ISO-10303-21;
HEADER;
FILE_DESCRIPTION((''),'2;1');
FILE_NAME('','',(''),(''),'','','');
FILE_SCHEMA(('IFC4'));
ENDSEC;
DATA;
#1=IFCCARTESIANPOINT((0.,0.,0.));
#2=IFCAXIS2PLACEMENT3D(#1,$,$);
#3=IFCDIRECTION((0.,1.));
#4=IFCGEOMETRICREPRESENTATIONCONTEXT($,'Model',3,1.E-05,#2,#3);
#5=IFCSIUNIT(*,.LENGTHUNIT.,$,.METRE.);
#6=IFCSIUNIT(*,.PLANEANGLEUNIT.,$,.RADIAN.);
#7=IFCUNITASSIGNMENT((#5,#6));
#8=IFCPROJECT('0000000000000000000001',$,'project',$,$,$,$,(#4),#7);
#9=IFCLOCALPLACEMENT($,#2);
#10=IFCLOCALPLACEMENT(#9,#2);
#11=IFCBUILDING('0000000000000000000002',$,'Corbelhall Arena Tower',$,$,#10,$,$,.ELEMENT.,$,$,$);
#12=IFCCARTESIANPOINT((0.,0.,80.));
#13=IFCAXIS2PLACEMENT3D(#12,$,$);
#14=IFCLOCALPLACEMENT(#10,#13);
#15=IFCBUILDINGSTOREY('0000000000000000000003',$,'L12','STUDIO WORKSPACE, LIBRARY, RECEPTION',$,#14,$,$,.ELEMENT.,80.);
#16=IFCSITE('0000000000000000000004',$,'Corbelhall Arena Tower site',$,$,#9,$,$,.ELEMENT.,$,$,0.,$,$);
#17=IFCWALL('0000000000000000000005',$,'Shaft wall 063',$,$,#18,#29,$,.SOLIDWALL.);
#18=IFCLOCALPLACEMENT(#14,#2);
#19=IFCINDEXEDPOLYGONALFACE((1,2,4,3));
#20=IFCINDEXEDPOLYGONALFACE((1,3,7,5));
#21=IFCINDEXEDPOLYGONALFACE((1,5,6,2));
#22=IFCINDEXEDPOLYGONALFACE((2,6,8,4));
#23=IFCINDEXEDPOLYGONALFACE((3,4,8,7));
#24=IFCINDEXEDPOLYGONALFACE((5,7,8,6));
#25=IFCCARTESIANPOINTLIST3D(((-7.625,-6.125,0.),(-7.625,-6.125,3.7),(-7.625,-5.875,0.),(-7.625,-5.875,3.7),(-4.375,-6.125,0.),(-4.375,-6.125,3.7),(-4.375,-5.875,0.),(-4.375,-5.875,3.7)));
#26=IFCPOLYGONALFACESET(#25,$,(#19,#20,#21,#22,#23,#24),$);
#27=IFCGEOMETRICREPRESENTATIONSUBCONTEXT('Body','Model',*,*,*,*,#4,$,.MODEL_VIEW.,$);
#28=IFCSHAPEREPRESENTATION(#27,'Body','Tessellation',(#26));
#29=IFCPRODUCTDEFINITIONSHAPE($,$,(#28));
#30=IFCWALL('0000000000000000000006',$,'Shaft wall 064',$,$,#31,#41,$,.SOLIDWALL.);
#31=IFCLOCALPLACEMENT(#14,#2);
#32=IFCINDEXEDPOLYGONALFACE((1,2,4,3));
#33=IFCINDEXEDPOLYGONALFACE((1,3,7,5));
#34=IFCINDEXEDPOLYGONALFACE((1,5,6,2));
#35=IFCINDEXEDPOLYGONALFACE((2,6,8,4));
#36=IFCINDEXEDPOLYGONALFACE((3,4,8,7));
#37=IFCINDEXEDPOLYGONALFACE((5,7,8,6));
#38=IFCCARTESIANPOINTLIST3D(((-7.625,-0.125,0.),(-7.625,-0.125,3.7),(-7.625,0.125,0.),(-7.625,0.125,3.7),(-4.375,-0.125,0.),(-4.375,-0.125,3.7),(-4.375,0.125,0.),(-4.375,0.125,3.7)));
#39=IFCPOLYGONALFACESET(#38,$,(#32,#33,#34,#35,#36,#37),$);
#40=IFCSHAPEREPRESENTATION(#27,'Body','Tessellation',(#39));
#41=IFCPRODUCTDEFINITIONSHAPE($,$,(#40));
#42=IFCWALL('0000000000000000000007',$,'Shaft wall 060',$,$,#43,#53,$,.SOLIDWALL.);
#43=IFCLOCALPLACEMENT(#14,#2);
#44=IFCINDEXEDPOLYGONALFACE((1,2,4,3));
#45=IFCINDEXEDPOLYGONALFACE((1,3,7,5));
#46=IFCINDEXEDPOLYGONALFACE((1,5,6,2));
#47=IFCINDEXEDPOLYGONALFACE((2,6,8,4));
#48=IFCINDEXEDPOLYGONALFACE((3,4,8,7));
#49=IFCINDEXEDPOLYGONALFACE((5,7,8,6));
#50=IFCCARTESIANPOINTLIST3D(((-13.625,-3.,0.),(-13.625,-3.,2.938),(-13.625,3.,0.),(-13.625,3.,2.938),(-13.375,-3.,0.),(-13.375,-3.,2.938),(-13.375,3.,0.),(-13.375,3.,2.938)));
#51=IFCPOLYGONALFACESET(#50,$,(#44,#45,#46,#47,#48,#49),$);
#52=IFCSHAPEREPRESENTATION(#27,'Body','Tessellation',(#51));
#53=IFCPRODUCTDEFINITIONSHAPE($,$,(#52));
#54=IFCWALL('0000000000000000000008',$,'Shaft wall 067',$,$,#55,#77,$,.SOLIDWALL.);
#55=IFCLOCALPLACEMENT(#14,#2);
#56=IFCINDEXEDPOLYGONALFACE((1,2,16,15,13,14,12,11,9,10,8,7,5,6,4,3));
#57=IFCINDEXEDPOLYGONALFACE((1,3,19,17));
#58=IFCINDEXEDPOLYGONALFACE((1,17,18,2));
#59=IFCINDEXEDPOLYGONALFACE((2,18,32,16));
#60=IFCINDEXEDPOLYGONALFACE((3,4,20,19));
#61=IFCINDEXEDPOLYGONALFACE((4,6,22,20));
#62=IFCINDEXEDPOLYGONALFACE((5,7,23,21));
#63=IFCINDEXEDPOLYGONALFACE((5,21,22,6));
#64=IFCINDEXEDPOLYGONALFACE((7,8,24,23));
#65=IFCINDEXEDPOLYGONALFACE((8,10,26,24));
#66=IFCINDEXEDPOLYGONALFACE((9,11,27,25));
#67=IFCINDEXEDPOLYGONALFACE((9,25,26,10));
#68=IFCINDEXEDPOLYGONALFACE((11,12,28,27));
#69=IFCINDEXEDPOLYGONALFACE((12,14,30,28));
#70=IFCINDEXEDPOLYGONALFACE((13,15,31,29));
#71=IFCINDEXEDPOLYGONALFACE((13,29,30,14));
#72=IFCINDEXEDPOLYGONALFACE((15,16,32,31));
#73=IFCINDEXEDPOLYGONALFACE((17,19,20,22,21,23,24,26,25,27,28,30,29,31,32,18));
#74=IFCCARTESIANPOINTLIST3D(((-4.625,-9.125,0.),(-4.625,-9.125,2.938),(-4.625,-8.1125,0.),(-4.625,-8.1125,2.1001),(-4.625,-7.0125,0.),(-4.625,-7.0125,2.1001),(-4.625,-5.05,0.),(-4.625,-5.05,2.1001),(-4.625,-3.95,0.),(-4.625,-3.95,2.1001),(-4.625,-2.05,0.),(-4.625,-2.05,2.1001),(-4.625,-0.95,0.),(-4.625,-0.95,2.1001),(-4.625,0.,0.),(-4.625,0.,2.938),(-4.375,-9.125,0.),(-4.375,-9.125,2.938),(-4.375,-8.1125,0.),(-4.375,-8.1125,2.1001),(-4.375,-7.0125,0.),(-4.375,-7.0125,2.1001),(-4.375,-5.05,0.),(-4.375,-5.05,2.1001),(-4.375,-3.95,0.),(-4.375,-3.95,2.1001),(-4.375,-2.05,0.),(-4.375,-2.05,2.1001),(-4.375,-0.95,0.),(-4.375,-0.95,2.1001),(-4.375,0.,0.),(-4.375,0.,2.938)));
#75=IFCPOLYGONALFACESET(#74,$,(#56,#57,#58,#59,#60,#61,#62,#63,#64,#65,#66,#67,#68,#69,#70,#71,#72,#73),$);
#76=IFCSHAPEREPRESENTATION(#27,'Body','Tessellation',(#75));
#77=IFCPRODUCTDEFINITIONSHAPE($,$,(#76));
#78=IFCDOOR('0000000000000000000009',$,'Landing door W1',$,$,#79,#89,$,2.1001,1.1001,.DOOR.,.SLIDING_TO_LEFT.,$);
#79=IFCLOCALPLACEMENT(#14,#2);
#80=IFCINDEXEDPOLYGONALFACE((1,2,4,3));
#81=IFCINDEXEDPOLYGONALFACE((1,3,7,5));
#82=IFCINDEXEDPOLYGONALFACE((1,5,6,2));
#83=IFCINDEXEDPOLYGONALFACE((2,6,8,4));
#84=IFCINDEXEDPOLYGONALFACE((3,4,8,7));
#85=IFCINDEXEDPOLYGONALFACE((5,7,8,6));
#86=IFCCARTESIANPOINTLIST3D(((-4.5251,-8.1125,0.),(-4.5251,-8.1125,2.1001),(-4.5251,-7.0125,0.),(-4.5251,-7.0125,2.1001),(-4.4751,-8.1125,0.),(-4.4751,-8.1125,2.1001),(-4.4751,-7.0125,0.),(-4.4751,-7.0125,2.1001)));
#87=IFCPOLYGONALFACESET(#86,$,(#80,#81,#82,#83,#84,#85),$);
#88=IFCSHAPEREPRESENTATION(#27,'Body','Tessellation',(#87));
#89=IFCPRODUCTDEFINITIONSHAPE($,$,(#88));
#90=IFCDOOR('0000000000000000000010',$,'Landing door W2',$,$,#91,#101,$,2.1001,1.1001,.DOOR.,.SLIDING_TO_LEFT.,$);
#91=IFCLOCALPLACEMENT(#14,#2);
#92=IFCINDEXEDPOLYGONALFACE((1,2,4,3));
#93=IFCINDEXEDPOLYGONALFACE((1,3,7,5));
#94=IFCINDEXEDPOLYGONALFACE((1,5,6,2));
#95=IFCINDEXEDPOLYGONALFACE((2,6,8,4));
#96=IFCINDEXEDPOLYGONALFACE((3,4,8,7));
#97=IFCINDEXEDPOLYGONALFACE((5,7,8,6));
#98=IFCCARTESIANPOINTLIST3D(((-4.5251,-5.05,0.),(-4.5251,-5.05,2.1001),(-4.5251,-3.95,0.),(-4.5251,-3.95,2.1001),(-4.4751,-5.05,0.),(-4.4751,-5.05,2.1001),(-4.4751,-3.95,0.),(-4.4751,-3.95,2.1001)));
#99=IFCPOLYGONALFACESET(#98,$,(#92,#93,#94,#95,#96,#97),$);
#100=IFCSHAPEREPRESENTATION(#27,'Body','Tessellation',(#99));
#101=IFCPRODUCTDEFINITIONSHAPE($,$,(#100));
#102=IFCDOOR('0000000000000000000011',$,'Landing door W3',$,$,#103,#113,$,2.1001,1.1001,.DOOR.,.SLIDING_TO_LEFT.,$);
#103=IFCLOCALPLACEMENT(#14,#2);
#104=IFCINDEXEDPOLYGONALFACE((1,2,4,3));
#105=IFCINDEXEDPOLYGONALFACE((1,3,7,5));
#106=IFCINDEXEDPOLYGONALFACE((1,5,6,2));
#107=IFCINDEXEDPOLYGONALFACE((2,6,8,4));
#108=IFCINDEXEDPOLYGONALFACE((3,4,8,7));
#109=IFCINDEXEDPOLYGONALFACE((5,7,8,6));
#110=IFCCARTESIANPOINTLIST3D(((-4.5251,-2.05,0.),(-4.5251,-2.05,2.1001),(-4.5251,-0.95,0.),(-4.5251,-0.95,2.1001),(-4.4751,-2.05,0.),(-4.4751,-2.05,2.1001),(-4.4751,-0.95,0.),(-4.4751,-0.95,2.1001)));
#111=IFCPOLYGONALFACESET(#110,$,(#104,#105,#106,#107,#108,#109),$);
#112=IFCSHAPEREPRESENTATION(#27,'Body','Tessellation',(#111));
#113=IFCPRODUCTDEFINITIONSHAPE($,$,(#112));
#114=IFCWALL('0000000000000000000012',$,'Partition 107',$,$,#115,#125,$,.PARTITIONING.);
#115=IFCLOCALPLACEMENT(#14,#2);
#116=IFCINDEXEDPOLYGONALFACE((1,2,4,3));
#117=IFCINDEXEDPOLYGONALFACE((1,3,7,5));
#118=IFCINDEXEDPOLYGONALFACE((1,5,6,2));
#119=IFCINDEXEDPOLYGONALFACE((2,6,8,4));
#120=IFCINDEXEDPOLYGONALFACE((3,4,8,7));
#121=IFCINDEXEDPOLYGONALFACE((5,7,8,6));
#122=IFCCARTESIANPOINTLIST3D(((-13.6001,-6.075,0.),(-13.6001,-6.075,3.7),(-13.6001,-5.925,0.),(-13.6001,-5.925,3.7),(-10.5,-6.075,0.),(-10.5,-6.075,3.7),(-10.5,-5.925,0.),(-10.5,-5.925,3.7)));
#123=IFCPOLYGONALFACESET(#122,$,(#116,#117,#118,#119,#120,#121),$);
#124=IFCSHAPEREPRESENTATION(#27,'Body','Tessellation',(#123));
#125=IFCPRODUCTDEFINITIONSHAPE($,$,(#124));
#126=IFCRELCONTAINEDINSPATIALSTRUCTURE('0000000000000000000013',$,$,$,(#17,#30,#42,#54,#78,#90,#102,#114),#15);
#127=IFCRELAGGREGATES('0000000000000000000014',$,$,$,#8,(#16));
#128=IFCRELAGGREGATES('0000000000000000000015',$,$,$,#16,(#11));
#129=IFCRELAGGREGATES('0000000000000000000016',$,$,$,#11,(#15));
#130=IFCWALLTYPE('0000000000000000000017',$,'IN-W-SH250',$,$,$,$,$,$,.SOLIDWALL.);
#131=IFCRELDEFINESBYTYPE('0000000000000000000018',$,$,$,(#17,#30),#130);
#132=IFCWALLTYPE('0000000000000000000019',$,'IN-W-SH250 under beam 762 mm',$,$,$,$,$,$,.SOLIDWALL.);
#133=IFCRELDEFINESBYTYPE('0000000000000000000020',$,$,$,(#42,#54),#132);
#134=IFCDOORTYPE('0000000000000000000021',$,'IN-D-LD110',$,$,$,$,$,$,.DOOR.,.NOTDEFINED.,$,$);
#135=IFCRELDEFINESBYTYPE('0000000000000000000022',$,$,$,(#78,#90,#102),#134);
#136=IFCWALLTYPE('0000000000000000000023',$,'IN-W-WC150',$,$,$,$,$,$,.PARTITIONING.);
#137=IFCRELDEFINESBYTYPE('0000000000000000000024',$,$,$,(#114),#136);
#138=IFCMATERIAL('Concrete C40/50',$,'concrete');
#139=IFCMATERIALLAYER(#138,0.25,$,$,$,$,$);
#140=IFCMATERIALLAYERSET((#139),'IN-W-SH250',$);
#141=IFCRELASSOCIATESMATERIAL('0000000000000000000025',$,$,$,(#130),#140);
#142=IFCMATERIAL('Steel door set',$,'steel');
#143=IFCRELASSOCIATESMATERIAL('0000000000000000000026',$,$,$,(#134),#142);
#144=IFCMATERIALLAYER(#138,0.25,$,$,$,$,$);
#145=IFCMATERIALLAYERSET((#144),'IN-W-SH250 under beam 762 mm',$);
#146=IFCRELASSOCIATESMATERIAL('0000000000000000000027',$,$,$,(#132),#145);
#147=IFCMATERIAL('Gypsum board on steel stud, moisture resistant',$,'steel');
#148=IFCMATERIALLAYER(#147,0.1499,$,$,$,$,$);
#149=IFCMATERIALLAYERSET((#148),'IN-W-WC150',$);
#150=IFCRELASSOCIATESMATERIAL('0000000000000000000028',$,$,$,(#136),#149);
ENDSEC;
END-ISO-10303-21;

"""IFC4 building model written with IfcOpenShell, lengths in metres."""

from ifc_helpers import new_model, si_unit, direction, frame, frame_2d, origin, place, context, subcontext, project, spatial, rectangle, extrude, material, layer, layer_set, type_object, element, fill, save


model = new_model("IFC4")

# Units and contexts
model_context = context("Model", 3, precision=1e-05, world=origin(), true_north=direction((0.0, 1.0)))
body_context = subcontext(model_context, "Body", "Model", "MODEL_VIEW")
ifc_project = project(units=[si_unit("LENGTHUNIT", "METRE"), si_unit("PLANEANGLEUNIT", "RADIAN")], contexts=[model_context])

# Site, building, storey
site_placement = place(None, origin())
site = spatial("IfcSite", under=ifc_project, at=site_placement, Name="Corbelhall Arena Tower site", CompositionType="ELEMENT", RefElevation=0.0)
building_placement = place(site_placement, origin())
building = spatial("IfcBuilding", under=site, at=building_placement, Name="Corbelhall Arena Tower", CompositionType="ELEMENT")
storey_placement = place(building_placement, frame((0.0, 0.0, 80.0)))
storey = spatial("IfcBuildingStorey", under=building, at=storey_placement, Name="L12", Description="STUDIO WORKSPACE, LIBRARY, RECEPTION", CompositionType="ELEMENT", Elevation=80.0)

# Shared definitions
ifc_material_1 = material(Name="Concrete C40/50", Category="concrete")
ifc_layer_1 = layer(ifc_material_1, 0.25)
ifc_layer_set_1 = layer_set([ifc_layer_1], Name="IN-W-SH250")
wall_type_1 = type_object("IfcWallType", Name="IN-W-SH250", PredefinedType="SOLIDWALL", material=ifc_layer_set_1)

# Shared definitions
ifc_material_2 = material(Name="Steel door set", Category="steel")

# Shared definitions
door_type_1 = type_object("IfcDoorType", Name="IN-D-LD110", OperationType="NOTDEFINED", PredefinedType="DOOR", material=ifc_material_2)

# Walls
for number, where, z_axis, x_axis, name in (
    (1, (-7.625, -6.0, 0.0), (0.0, 0.0, 1.0), (1.0, 0.0, 0.0), "Shaft wall 063"),
    (2, (-7.625, 0.0, 0.0), (0.0, 0.0, 1.0), (1.0, 0.0, 0.0), "Shaft wall 064"),
):
    element("IfcWall", number, at=place(storey_placement, frame(where, z_axis=z_axis, x_axis=x_axis)), inside=storey, type_object=wall_type_1, Name=name, PredefinedType="SOLIDWALL", context=body_context, shape_type="SweptSolid", body=[
        extrude(rectangle(XDim=3.25, YDim=0.25, at=frame_2d((1.625, 0.0))), origin(), (0.0, 0.0, 1.0), 3.7),
    ])
ifc_layer_2 = layer(ifc_material_1, 0.25)
ifc_layer_set_2 = layer_set([ifc_layer_2], Name="IN-W-SH250 under beam 762 mm")
wall_type_2 = type_object("IfcWallType", Name="IN-W-SH250 under beam 762 mm", PredefinedType="SOLIDWALL", material=ifc_layer_set_2)
wall_1_placement = place(storey_placement, frame((-13.5, -3.0, 0.0), z_axis=(0.0, 0.0, 1.0), x_axis=(0.0, 1.0, 0.0)))
element("IfcWall", 3, at=wall_1_placement, inside=storey, type_object=wall_type_2, Name="Shaft wall 060", PredefinedType="SOLIDWALL", context=body_context, shape_type="SweptSolid", body=[
    extrude(rectangle(XDim=6.0, YDim=0.25, at=frame_2d((3.0, 0.0))), origin(), (0.0, 0.0, 1.0), 2.938),
])

# Wall, openings, doors
wall_2_placement = place(storey_placement, frame((-4.5, 0.0, 0.0), z_axis=(0.0, 0.0, 1.0), x_axis=(0.0, -1.0, 0.0)))
wall_2 = element("IfcWall", 4, at=wall_2_placement, inside=storey, type_object=wall_type_2, Name="Shaft wall 067", PredefinedType="SOLIDWALL", context=body_context, shape_type="SweptSolid", body=[
    extrude(rectangle(XDim=9.125, YDim=0.25, at=frame_2d((4.5625, 0.0))), origin(), (0.0, 0.0, 1.0), 2.938),
])
opening_1_placement = place(wall_2_placement, frame((7.0125, 0.0, 0.0)))
opening_1 = element("IfcOpeningElement", 5, at=opening_1_placement, cuts=wall_2, PredefinedType="OPENING", context=body_context, shape_type="SweptSolid", body=[
    extrude(rectangle(XDim=1.1001, YDim=2.1001, at=frame_2d((0.55, 1.05))), frame((0.0, 0.125, 0.0), z_axis=(0.0, -1.0, 0.0), x_axis=(1.0, 0.0, 0.0)), (0.0, 0.0, 1.0), 0.25),
])
opening_2_placement = place(wall_2_placement, frame((3.95, 0.0, 0.0)))
opening_2 = element("IfcOpeningElement", 6, at=opening_2_placement, cuts=wall_2, PredefinedType="OPENING", context=body_context, shape_type="SweptSolid", body=[
    extrude(rectangle(XDim=1.1001, YDim=2.1001, at=frame_2d((0.55, 1.05))), frame((0.0, 0.125, 0.0), z_axis=(0.0, -1.0, 0.0), x_axis=(1.0, 0.0, 0.0)), (0.0, 0.0, 1.0), 0.25),
])
opening_3_placement = place(wall_2_placement, frame((0.95, 0.0, 0.0)))
opening_3 = element("IfcOpeningElement", 7, at=opening_3_placement, cuts=wall_2, PredefinedType="OPENING", context=body_context, shape_type="SweptSolid", body=[
    extrude(rectangle(XDim=1.1001, YDim=2.1001, at=frame_2d((0.55, 1.05))), frame((0.0, 0.125, 0.0), z_axis=(0.0, -1.0, 0.0), x_axis=(1.0, 0.0, 0.0)), (0.0, 0.0, 1.0), 0.25),
])
door_1_placement = place(opening_1_placement, origin())
door_1 = element("IfcDoor", 8, at=door_1_placement, inside=storey, type_object=door_type_1, Name="Landing door W1", OperationType="SLIDING_TO_LEFT", OverallHeight=2.1001, OverallWidth=1.1001, PredefinedType="DOOR", context=body_context, shape_type="SweptSolid", body=[
    extrude(rectangle(XDim=1.1001, YDim=2.1001, at=frame_2d((0.55, 1.05))), frame((0.0, 0.0249, 0.0), z_axis=(0.0, -1.0, 0.0), x_axis=(1.0, 0.0, 0.0)), (0.0, 0.0, 1.0), 0.05),
])
fill(opening_1, door_1)
door_2_placement = place(opening_2_placement, origin())
door_2 = element("IfcDoor", 9, at=door_2_placement, inside=storey, type_object=door_type_1, Name="Landing door W2", OperationType="SLIDING_TO_LEFT", OverallHeight=2.1001, OverallWidth=1.1001, PredefinedType="DOOR", context=body_context, shape_type="SweptSolid", body=[
    extrude(rectangle(XDim=1.1001, YDim=2.1001, at=frame_2d((0.55, 1.05))), frame((0.0, 0.0249, 0.0), z_axis=(0.0, -1.0, 0.0), x_axis=(1.0, 0.0, 0.0)), (0.0, 0.0, 1.0), 0.05),
])
fill(opening_2, door_2)
door_3_placement = place(opening_3_placement, origin())
door_3 = element("IfcDoor", 10, at=door_3_placement, inside=storey, type_object=door_type_1, Name="Landing door W3", OperationType="SLIDING_TO_LEFT", OverallHeight=2.1001, OverallWidth=1.1001, PredefinedType="DOOR", context=body_context, shape_type="SweptSolid", body=[
    extrude(rectangle(XDim=1.1001, YDim=2.1001, at=frame_2d((0.55, 1.05))), frame((0.0, 0.0249, 0.0), z_axis=(0.0, -1.0, 0.0), x_axis=(1.0, 0.0, 0.0)), (0.0, 0.0, 1.0), 0.05),
])
fill(opening_3, door_3)

# Wall
ifc_material_3 = material(Name="Gypsum board on steel stud, moisture resistant", Category="steel")
ifc_layer_3 = layer(ifc_material_3, 0.1499)
ifc_layer_set_3 = layer_set([ifc_layer_3], Name="IN-W-WC150")
wall_type_3 = type_object("IfcWallType", Name="IN-W-WC150", PredefinedType="PARTITIONING", material=ifc_layer_set_3)
wall_3_placement = place(storey_placement, frame((-13.6001, -6.0, 0.0), z_axis=(0.0, 0.0, 1.0), x_axis=(1.0, 0.0, 0.0)))
element("IfcWall", 11, at=wall_3_placement, inside=storey, type_object=wall_type_3, Name="Partition 107", PredefinedType="PARTITIONING", context=body_context, shape_type="SweptSolid", body=[
    extrude(rectangle(XDim=3.1001, YDim=0.1499, at=frame_2d((1.55, 0.0))), origin(), (0.0, 0.0, 1.0), 3.7),
])

save(model, "model.ifc")
